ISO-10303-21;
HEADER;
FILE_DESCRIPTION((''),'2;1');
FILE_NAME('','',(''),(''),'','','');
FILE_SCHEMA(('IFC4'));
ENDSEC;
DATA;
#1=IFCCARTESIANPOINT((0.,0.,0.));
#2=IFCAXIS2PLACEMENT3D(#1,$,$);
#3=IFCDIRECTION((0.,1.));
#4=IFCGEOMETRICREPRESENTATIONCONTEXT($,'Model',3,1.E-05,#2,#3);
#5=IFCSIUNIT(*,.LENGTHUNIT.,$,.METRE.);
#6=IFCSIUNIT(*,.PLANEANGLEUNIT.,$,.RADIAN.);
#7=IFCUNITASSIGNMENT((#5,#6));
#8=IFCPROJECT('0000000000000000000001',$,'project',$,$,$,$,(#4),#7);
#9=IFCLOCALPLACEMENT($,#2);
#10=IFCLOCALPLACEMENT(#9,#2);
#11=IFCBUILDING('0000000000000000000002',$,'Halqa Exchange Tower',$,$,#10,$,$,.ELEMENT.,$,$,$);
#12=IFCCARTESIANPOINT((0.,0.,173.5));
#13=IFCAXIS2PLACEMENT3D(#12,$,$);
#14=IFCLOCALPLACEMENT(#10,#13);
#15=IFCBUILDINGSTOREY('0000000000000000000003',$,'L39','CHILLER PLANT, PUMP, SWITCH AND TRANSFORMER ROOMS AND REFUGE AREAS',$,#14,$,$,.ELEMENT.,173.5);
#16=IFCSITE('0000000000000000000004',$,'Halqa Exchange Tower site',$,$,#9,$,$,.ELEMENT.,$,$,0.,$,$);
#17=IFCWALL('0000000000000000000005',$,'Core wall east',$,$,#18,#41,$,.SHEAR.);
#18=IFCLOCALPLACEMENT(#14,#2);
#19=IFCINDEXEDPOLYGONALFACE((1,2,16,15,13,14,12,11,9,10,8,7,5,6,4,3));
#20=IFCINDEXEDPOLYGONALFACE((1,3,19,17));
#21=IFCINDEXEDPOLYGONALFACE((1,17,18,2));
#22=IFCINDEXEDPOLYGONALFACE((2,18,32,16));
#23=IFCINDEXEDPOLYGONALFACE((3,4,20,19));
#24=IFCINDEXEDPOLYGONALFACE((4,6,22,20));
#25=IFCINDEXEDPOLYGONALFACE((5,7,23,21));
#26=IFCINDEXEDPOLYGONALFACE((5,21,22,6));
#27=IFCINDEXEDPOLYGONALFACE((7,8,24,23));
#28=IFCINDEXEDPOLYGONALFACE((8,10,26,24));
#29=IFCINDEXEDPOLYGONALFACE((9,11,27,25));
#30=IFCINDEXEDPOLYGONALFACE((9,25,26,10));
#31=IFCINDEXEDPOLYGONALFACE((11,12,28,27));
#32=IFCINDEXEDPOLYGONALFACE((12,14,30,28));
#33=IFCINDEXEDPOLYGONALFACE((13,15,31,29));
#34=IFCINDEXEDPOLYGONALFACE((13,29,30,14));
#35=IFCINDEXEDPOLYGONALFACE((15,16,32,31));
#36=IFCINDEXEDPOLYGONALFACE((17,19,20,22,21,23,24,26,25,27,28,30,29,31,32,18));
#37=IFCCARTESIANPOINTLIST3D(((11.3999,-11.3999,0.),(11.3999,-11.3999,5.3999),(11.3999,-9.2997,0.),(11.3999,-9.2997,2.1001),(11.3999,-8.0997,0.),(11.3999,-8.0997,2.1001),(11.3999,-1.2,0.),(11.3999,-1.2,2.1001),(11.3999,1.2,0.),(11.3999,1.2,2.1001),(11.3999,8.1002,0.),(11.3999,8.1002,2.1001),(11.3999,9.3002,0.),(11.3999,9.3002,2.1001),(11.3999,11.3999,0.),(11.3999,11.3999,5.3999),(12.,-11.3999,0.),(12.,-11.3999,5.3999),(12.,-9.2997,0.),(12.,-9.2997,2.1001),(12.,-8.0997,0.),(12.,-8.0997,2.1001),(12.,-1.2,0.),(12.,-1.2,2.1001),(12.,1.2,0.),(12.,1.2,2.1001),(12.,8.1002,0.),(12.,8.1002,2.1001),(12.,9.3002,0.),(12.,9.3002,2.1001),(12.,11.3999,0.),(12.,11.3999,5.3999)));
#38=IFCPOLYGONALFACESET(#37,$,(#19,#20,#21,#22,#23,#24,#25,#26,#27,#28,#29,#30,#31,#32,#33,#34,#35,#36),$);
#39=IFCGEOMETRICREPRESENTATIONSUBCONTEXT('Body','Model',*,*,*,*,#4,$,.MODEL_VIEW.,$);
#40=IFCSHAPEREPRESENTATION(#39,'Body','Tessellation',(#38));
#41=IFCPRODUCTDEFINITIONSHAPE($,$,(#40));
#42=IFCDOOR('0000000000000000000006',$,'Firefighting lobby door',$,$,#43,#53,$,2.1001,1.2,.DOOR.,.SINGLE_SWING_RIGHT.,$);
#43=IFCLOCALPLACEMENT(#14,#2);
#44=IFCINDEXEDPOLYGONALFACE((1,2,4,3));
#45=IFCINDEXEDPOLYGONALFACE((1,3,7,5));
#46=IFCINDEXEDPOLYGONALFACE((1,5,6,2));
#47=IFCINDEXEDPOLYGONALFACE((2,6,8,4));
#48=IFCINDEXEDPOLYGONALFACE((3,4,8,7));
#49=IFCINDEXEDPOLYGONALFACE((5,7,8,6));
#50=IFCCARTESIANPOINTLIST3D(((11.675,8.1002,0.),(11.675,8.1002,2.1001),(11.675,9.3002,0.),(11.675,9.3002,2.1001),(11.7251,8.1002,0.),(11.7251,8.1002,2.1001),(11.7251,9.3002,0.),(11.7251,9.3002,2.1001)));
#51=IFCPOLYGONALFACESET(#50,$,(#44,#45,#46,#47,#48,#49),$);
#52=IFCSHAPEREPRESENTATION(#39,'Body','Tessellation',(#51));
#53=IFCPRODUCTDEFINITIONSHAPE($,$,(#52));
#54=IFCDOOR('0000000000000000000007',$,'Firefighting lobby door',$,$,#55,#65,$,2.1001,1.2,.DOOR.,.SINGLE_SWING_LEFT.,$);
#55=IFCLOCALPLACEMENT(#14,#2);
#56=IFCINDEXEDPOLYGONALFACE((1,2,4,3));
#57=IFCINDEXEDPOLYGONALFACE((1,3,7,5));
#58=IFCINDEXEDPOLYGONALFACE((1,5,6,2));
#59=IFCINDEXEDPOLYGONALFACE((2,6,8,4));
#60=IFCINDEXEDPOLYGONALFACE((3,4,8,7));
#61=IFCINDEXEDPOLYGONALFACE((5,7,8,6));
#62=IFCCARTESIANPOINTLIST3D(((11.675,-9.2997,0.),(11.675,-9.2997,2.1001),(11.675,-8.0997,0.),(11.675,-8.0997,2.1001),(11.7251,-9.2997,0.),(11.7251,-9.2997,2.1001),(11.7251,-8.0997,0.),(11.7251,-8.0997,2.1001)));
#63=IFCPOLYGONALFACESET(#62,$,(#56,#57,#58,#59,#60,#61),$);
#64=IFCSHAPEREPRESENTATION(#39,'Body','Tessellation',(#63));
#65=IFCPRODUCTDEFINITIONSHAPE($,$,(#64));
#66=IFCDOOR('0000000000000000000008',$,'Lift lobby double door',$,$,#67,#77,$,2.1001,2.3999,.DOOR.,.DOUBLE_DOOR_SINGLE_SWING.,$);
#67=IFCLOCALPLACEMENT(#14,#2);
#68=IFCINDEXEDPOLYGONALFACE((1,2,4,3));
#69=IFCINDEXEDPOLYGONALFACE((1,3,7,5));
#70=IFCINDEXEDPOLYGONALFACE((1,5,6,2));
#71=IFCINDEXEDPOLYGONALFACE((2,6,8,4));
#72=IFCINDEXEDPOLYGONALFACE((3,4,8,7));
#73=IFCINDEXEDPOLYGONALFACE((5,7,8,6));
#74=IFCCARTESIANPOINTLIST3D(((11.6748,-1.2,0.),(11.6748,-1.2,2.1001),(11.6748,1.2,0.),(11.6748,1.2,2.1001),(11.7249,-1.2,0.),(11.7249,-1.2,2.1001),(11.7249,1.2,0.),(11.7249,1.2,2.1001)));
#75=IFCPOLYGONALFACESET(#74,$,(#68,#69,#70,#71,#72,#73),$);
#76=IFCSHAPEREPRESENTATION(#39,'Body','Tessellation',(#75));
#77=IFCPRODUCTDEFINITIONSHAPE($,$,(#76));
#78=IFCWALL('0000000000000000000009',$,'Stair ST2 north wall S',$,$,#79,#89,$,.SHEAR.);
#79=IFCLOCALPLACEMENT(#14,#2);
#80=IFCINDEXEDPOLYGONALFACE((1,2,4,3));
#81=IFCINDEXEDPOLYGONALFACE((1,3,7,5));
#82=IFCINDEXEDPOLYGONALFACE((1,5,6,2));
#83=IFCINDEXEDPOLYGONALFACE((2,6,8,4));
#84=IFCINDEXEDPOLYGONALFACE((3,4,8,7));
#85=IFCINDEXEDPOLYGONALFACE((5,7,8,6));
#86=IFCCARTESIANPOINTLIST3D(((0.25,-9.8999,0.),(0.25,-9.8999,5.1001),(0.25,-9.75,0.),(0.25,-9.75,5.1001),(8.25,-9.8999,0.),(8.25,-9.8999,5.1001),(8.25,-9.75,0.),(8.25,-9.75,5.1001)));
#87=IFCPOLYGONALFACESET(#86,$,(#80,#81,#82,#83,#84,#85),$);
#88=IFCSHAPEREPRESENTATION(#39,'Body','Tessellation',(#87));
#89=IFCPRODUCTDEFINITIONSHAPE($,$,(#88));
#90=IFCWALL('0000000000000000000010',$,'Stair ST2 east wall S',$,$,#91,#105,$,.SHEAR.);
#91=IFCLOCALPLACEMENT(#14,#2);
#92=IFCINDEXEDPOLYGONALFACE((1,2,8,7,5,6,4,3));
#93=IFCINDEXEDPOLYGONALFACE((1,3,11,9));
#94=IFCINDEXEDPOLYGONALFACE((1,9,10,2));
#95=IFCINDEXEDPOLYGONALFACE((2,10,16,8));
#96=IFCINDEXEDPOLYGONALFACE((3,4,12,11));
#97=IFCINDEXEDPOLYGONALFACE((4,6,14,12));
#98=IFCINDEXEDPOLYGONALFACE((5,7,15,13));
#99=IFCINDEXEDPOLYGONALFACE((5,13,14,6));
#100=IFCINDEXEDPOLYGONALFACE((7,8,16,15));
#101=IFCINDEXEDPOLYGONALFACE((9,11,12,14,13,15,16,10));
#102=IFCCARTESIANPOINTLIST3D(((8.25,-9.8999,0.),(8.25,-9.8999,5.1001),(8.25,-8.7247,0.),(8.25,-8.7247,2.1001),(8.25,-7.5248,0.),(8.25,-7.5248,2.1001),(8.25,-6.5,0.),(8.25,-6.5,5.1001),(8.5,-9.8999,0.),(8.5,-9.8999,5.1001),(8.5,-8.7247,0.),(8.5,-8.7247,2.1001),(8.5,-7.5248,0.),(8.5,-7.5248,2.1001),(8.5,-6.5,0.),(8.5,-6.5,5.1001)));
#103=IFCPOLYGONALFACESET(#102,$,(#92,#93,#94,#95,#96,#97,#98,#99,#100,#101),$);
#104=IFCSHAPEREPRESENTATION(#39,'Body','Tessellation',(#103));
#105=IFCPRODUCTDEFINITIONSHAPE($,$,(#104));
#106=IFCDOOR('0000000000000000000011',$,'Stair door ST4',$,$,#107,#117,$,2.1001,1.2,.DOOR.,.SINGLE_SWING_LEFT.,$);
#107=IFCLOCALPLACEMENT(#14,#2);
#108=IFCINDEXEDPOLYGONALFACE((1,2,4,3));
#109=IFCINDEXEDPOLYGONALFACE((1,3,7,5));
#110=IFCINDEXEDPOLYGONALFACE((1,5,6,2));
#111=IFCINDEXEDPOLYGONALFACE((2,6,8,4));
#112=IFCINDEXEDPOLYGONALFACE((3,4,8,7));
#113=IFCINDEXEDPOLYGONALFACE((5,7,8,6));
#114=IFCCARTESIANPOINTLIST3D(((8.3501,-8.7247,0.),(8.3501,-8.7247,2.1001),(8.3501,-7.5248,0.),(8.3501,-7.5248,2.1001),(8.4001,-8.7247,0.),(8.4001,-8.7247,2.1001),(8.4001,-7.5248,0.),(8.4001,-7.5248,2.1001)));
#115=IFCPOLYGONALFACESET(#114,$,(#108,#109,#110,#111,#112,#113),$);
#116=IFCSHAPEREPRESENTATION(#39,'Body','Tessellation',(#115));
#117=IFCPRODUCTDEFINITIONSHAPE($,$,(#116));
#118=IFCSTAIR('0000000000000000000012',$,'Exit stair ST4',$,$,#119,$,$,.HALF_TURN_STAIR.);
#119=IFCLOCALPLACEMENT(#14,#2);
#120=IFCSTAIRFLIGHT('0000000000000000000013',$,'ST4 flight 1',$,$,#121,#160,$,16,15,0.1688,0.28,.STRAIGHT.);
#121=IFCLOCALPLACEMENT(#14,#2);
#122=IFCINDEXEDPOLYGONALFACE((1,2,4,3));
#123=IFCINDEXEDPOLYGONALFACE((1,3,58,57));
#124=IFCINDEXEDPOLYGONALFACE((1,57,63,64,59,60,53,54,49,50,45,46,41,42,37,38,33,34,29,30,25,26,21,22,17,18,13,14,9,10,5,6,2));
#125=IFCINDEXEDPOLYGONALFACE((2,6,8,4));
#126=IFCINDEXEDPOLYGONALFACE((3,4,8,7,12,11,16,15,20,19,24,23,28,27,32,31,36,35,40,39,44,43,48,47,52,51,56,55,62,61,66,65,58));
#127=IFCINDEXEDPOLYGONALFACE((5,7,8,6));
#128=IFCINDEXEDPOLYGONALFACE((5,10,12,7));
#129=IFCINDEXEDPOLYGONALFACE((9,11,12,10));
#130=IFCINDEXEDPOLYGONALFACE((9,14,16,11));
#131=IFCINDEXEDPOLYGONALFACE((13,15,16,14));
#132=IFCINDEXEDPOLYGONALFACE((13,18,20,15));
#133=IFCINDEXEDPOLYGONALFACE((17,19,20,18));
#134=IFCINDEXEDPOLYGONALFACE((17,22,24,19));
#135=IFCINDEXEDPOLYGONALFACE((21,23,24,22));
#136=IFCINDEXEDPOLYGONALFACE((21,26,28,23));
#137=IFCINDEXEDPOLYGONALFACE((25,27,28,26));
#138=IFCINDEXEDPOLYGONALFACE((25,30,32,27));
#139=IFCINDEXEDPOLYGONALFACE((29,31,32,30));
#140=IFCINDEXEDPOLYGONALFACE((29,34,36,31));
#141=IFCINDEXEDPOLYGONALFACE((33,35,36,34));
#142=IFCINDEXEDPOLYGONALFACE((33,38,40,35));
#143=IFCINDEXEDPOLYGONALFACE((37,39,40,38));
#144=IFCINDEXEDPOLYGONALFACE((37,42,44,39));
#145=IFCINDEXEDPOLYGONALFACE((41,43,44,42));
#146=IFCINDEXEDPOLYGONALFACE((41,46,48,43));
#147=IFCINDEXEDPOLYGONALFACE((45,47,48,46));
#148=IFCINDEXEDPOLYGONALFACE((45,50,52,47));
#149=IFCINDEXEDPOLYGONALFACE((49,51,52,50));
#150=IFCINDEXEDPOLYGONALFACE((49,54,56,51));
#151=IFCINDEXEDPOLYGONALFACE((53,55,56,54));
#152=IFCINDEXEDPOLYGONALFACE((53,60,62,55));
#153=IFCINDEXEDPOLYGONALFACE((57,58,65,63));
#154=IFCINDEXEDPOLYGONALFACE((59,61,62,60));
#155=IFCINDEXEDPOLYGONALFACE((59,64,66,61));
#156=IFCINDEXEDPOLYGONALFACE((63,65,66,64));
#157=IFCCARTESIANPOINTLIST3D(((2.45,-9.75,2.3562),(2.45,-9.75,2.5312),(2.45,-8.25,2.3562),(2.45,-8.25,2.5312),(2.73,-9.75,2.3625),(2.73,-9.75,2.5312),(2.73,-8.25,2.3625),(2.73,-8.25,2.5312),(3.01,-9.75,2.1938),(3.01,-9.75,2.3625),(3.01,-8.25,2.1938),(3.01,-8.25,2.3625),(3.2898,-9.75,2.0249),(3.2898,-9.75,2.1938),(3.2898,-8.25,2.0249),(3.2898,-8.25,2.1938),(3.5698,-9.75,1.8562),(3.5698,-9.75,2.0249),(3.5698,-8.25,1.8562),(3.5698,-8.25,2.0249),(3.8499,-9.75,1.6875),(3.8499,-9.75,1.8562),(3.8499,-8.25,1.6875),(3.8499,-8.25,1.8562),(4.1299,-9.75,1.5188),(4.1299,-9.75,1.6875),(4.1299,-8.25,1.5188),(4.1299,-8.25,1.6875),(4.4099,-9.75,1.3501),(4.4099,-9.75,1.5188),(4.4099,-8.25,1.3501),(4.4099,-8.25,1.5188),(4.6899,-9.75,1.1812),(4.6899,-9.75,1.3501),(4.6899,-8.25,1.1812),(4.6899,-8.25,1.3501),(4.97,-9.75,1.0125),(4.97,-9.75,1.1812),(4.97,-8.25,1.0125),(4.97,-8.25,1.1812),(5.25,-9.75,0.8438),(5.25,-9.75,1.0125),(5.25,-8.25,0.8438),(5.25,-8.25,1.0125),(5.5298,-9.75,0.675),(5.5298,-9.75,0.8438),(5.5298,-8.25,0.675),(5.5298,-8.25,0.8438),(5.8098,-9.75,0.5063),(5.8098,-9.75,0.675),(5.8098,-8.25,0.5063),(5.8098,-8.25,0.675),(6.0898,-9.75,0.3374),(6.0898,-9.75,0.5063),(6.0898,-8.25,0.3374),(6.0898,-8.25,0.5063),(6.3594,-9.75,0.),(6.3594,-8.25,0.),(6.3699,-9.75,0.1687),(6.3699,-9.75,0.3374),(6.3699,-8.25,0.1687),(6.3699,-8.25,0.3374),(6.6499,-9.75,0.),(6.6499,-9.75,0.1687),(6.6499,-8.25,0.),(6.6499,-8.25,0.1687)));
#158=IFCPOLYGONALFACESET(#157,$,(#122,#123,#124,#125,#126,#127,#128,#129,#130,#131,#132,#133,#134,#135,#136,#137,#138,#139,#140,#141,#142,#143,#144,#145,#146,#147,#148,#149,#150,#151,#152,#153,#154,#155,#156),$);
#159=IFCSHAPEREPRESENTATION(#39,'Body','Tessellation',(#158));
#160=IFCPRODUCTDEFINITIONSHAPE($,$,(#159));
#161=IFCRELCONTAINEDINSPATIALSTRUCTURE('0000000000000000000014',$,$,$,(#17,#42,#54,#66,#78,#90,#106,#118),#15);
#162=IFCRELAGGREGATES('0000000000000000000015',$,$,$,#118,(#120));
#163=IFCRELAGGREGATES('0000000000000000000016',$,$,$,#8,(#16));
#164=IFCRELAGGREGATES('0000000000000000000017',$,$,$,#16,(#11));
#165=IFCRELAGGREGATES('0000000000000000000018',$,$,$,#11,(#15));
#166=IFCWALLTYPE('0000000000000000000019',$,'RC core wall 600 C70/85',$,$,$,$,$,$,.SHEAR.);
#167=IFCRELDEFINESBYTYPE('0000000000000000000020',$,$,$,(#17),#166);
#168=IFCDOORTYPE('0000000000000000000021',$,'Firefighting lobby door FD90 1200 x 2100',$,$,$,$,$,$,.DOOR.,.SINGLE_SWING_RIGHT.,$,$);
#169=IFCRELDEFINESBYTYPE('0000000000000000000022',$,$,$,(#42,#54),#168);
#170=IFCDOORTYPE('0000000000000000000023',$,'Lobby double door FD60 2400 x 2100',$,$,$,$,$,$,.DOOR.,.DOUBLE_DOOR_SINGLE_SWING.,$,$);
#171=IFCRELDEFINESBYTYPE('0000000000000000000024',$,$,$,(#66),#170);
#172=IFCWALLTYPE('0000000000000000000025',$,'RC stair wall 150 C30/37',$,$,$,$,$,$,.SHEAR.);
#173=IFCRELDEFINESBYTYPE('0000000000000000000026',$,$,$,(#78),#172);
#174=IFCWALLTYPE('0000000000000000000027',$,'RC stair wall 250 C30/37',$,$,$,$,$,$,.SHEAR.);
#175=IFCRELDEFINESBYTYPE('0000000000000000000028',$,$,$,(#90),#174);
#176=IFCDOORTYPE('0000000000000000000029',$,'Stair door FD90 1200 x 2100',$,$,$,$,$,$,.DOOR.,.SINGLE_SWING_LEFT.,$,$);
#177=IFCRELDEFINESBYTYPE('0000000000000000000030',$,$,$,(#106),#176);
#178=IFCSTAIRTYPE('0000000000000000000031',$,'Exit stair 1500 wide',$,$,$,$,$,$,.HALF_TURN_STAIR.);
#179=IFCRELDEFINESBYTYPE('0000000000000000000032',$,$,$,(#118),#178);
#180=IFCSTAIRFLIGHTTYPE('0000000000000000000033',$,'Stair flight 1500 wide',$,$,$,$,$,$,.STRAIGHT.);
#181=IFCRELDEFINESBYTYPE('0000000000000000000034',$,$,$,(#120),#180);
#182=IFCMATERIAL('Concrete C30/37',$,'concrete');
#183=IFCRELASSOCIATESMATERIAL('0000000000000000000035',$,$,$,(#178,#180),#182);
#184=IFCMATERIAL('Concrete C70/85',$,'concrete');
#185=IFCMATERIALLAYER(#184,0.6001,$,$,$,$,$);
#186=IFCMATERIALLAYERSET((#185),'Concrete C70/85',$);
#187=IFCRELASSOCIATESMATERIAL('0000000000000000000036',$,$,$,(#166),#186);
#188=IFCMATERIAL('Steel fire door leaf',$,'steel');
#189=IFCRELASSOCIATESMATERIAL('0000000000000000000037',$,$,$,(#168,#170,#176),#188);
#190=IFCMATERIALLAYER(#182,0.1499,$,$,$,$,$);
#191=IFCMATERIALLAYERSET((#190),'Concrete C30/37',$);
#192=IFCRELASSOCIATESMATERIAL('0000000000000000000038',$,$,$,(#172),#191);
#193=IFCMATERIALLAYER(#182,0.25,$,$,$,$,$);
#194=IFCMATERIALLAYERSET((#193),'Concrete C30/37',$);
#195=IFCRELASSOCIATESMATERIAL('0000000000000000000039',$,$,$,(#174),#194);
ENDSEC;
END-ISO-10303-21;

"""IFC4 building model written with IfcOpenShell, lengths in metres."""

from ifc_helpers import new_model, si_unit, direction, frame, frame_2d, origin, place, context, subcontext, project, spatial, polyline, rectangle, outline, extrude, material, layer, layer_set, type_object, element, fill, aggregate, save


model = new_model("IFC4")

# Units and contexts
model_context = context("Model", 3, precision=1e-05, world=origin(), true_north=direction((0.0, 1.0)))
body_context = subcontext(model_context, "Body", "Model", "MODEL_VIEW")
ifc_project = project(units=[si_unit("LENGTHUNIT", "METRE"), si_unit("PLANEANGLEUNIT", "RADIAN")], contexts=[model_context])

# Site, building, storey
site_placement = place(None, origin())
site = spatial("IfcSite", under=ifc_project, at=site_placement, Name="Halqa Exchange Tower site", CompositionType="ELEMENT", RefElevation=0.0)
building_placement = place(site_placement, origin())
building = spatial("IfcBuilding", under=site, at=building_placement, Name="Halqa Exchange Tower", CompositionType="ELEMENT")
storey_placement = place(building_placement, frame((0.0, 0.0, 173.5)))
storey = spatial("IfcBuildingStorey", under=building, at=storey_placement, Name="L39", Description="CHILLER PLANT, PUMP, SWITCH AND TRANSFORMER ROOMS AND REFUGE AREAS", CompositionType="ELEMENT", Elevation=173.5)

# Shared definitions
ifc_material_1 = material(Name="Concrete C30/37", Category="concrete")
stair_type = type_object("IfcStairType", Name="Exit stair 1500 wide", PredefinedType="HALF_TURN_STAIR", material=ifc_material_1)

# Wall, openings, doors
ifc_material_2 = material(Name="Concrete C70/85", Category="concrete")
ifc_layer_1 = layer(ifc_material_2, 0.6001)
ifc_layer_set_1 = layer_set([ifc_layer_1], Name="Concrete C70/85")
wall_type_1 = type_object("IfcWallType", Name="RC core wall 600 C70/85", PredefinedType="SHEAR", material=ifc_layer_set_1)
wall_1_placement = place(storey_placement, frame((11.7, -11.3999, 0.0), z_axis=(0.0, 0.0, 1.0), x_axis=(0.0, 1.0, 0.0)))
wall_1 = element("IfcWall", 1, at=wall_1_placement, inside=storey, type_object=wall_type_1, Name="Core wall east", PredefinedType="SHEAR", context=body_context, shape_type="SweptSolid", body=[
    extrude(rectangle(XDim=22.7998, YDim=0.6001, at=frame_2d((11.3999, 0.0))), origin(), (0.0, 0.0, 1.0), 5.3999),
])
opening_1_placement = place(wall_1_placement, frame((10.2, 0.0, 0.0)))
opening_1 = element("IfcOpeningElement", 2, at=opening_1_placement, cuts=wall_1, PredefinedType="OPENING", context=body_context, shape_type="SweptSolid", body=[
    extrude(rectangle(XDim=2.3999, YDim=2.1001, at=frame_2d((1.2, 1.05))), frame((0.0, 0.312, 0.0), z_axis=(0.0, -1.0, 0.0), x_axis=(1.0, 0.0, 0.0)), (0.0, 0.0, 1.0), 0.624),
])
opening_2_placement = place(wall_1_placement, frame((19.5, 0.0, 0.0)))
opening_2 = element("IfcOpeningElement", 3, at=opening_2_placement, cuts=wall_1, PredefinedType="OPENING", context=body_context, shape_type="SweptSolid", body=[
    extrude(rectangle(XDim=1.2, YDim=2.1001, at=frame_2d((0.6001, 1.05))), frame((0.0, 0.312, 0.0), z_axis=(0.0, -1.0, 0.0), x_axis=(1.0, 0.0, 0.0)), (0.0, 0.0, 1.0), 0.624),
])
opening_3_placement = place(wall_1_placement, frame((2.1001, 0.0, 0.0)))
opening_3 = element("IfcOpeningElement", 4, at=opening_3_placement, cuts=wall_1, PredefinedType="OPENING", context=body_context, shape_type="SweptSolid", body=[
    extrude(rectangle(XDim=1.2, YDim=2.1001, at=frame_2d((0.6001, 1.05))), frame((0.0, 0.312, 0.0), z_axis=(0.0, -1.0, 0.0), x_axis=(1.0, 0.0, 0.0)), (0.0, 0.0, 1.0), 0.624),
])
ifc_material_3 = material(Name="Steel fire door leaf", Category="steel")
door_type_1 = type_object("IfcDoorType", Name="Firefighting lobby door FD90 1200 x 2100", OperationType="SINGLE_SWING_RIGHT", PredefinedType="DOOR", material=ifc_material_3)
door_1_placement = place(opening_2_placement, origin())
door_1 = element("IfcDoor", 5, at=door_1_placement, inside=storey, type_object=door_type_1, Name="Firefighting lobby door", OperationType="SINGLE_SWING_RIGHT", OverallHeight=2.1001, OverallWidth=1.2, PredefinedType="DOOR", context=body_context, shape_type="SweptSolid", body=[
    extrude(rectangle(XDim=1.2, YDim=2.1001, at=frame_2d((0.6001, 1.05))), frame((0.0, 0.0249, 0.0), z_axis=(0.0, -1.0, 0.0), x_axis=(1.0, 0.0, 0.0)), (0.0, 0.0, 1.0), 0.05),
])
fill(opening_2, door_1)
door_2_placement = place(opening_3_placement, origin())
door_2 = element("IfcDoor", 6, at=door_2_placement, inside=storey, type_object=door_type_1, Name="Firefighting lobby door", OperationType="SINGLE_SWING_LEFT", OverallHeight=2.1001, OverallWidth=1.2, PredefinedType="DOOR", context=body_context, shape_type="SweptSolid", body=[
    extrude(rectangle(XDim=1.2, YDim=2.1001, at=frame_2d((0.6001, 1.05))), frame((0.0, 0.0249, 0.0), z_axis=(0.0, -1.0, 0.0), x_axis=(1.0, 0.0, 0.0)), (0.0, 0.0, 1.0), 0.05),
])
fill(opening_3, door_2)
door_type_2 = type_object("IfcDoorType", Name="Lobby double door FD60 2400 x 2100", OperationType="DOUBLE_DOOR_SINGLE_SWING", PredefinedType="DOOR", material=ifc_material_3)
door_3_placement = place(opening_1_placement, frame((2.3999, 0.0, 0.0), z_axis=(0.0, 0.0, 1.0), x_axis=(-1.0, 0.0, 0.0)))
door_3 = element("IfcDoor", 7, at=door_3_placement, inside=storey, type_object=door_type_2, Name="Lift lobby double door", OperationType="DOUBLE_DOOR_SINGLE_SWING", OverallHeight=2.1001, OverallWidth=2.3999, PredefinedType="DOOR", context=body_context, shape_type="SweptSolid", body=[
    extrude(rectangle(XDim=2.3999, YDim=2.1001, at=frame_2d((1.2, 1.05))), frame((0.0, 0.0249, 0.0), z_axis=(0.0, -1.0, 0.0), x_axis=(1.0, 0.0, 0.0)), (0.0, 0.0, 1.0), 0.05),
])
fill(opening_1, door_3)

# Wall
ifc_layer_2 = layer(ifc_material_1, 0.1499)
ifc_layer_set_2 = layer_set([ifc_layer_2], Name="Concrete C30/37")
wall_type_2 = type_object("IfcWallType", Name="RC stair wall 150 C30/37", PredefinedType="SHEAR", material=ifc_layer_set_2)
wall_2_placement = place(storey_placement, frame((0.25, -9.825, 0.0), z_axis=(0.0, 0.0, 1.0), x_axis=(1.0, 0.0, 0.0)))
element("IfcWall", 8, at=wall_2_placement, inside=storey, type_object=wall_type_2, Name="Stair ST2 north wall S", PredefinedType="SHEAR", context=body_context, shape_type="SweptSolid", body=[
    extrude(rectangle(XDim=8.0, YDim=0.1499, at=frame_2d((4.0, 0.0))), origin(), (0.0, 0.0, 1.0), 5.1001),
])

# Wall, opening, door
ifc_layer_3 = layer(ifc_material_1, 0.25)
ifc_layer_set_3 = layer_set([ifc_layer_3], Name="Concrete C30/37")
wall_type_3 = type_object("IfcWallType", Name="RC stair wall 250 C30/37", PredefinedType="SHEAR", material=ifc_layer_set_3)
wall_3_placement = place(storey_placement, frame((8.375, -9.8999, 0.0), z_axis=(0.0, 0.0, 1.0), x_axis=(0.0, 1.0, 0.0)))
wall_3 = element("IfcWall", 9, at=wall_3_placement, inside=storey, type_object=wall_type_3, Name="Stair ST2 east wall S", PredefinedType="SHEAR", context=body_context, shape_type="SweptSolid", body=[
    extrude(rectangle(XDim=3.3999, YDim=0.25, at=frame_2d((1.7, 0.0))), origin(), (0.0, 0.0, 1.0), 5.1001),
])
opening_4_placement = place(wall_3_placement, frame((1.175, 0.0, 0.0)))
opening_4 = element("IfcOpeningElement", 10, at=opening_4_placement, cuts=wall_3, PredefinedType="OPENING", context=body_context, shape_type="SweptSolid", body=[
    extrude(rectangle(XDim=1.2, YDim=2.1001, at=frame_2d((0.6001, 1.05))), frame((0.0, 0.137, 0.0), z_axis=(0.0, -1.0, 0.0), x_axis=(1.0, 0.0, 0.0)), (0.0, 0.0, 1.0), 0.2739),
])
door_type_3 = type_object("IfcDoorType", Name="Stair door FD90 1200 x 2100", OperationType="SINGLE_SWING_LEFT", PredefinedType="DOOR", material=ifc_material_3)
door_4_placement = place(opening_4_placement, origin())
door_4 = element("IfcDoor", 11, at=door_4_placement, inside=storey, type_object=door_type_3, Name="Stair door ST4", OperationType="SINGLE_SWING_LEFT", OverallHeight=2.1001, OverallWidth=1.2, PredefinedType="DOOR", context=body_context, shape_type="SweptSolid", body=[
    extrude(rectangle(XDim=1.2, YDim=2.1001, at=frame_2d((0.6001, 1.05))), frame((0.0, 0.0249, 0.0), z_axis=(0.0, -1.0, 0.0), x_axis=(1.0, 0.0, 0.0)), (0.0, 0.0, 1.0), 0.05),
])
fill(opening_4, door_4)

# Stair, stair flight
stair_1_placement = place(storey_placement, origin())
stair_1 = element("IfcStair", 12, at=stair_1_placement, inside=storey, type_object=stair_type, Name="Exit stair ST4", PredefinedType="HALF_TURN_STAIR")
stair_flight_type = type_object("IfcStairFlightType", Name="Stair flight 1500 wide", PredefinedType="STRAIGHT", material=ifc_material_1)
stair_flight_1_placement = place(storey_placement, frame((6.6499, -9.0, 0.0), z_axis=(0.0, 0.0, 1.0), x_axis=(-1.0, 0.0, 0.0)))
stair_flight_1 = element("IfcStairFlight", 13, at=stair_flight_1_placement, type_object=stair_flight_type, Name="ST4 flight 1", NumberOfRisers=16, NumberOfTreads=15, PredefinedType="STRAIGHT", RiserHeight=0.1688, TreadLength=0.28, context=body_context, shape_type="SweptSolid", body=[
    extrude(outline(polyline([(0.0, 0.0), (0.0, 0.1687), (0.28, 0.1687), (0.28, 0.3374), (0.5601, 0.3374), (0.5601, 0.5063), (0.8401, 0.5063), (0.8401, 0.675), (1.1201, 0.675), (1.1201, 0.8438), (1.3999, 0.8438), (1.3999, 1.0125), (1.6799, 1.0125), (1.6799, 1.1812), (1.96, 1.1812), (1.96, 1.3501), (2.24, 1.3501), (2.24, 1.5188), (2.52, 1.5188), (2.52, 1.6875), (2.8, 1.6875), (2.8, 1.8562), (3.0801, 1.8562), (3.0801, 2.0249), (3.3601, 2.0249), (3.3601, 2.1938), (3.6399, 2.1938), (3.6399, 2.3625), (3.9199, 2.3625), (3.9199, 2.5312), (4.2, 2.5312), (4.2, 2.7), (4.2, 2.3562), (0.2905, 0.0), (0.0, 0.0)])), frame((0.0, 0.75, 0.0), z_axis=(0.0, -1.0, 0.0), x_axis=(1.0, 0.0, 0.0)), (0.0, 0.0, 1.0), 1.5),
])
aggregate(stair_1, [stair_flight_1])

save(model, "model.ifc")
